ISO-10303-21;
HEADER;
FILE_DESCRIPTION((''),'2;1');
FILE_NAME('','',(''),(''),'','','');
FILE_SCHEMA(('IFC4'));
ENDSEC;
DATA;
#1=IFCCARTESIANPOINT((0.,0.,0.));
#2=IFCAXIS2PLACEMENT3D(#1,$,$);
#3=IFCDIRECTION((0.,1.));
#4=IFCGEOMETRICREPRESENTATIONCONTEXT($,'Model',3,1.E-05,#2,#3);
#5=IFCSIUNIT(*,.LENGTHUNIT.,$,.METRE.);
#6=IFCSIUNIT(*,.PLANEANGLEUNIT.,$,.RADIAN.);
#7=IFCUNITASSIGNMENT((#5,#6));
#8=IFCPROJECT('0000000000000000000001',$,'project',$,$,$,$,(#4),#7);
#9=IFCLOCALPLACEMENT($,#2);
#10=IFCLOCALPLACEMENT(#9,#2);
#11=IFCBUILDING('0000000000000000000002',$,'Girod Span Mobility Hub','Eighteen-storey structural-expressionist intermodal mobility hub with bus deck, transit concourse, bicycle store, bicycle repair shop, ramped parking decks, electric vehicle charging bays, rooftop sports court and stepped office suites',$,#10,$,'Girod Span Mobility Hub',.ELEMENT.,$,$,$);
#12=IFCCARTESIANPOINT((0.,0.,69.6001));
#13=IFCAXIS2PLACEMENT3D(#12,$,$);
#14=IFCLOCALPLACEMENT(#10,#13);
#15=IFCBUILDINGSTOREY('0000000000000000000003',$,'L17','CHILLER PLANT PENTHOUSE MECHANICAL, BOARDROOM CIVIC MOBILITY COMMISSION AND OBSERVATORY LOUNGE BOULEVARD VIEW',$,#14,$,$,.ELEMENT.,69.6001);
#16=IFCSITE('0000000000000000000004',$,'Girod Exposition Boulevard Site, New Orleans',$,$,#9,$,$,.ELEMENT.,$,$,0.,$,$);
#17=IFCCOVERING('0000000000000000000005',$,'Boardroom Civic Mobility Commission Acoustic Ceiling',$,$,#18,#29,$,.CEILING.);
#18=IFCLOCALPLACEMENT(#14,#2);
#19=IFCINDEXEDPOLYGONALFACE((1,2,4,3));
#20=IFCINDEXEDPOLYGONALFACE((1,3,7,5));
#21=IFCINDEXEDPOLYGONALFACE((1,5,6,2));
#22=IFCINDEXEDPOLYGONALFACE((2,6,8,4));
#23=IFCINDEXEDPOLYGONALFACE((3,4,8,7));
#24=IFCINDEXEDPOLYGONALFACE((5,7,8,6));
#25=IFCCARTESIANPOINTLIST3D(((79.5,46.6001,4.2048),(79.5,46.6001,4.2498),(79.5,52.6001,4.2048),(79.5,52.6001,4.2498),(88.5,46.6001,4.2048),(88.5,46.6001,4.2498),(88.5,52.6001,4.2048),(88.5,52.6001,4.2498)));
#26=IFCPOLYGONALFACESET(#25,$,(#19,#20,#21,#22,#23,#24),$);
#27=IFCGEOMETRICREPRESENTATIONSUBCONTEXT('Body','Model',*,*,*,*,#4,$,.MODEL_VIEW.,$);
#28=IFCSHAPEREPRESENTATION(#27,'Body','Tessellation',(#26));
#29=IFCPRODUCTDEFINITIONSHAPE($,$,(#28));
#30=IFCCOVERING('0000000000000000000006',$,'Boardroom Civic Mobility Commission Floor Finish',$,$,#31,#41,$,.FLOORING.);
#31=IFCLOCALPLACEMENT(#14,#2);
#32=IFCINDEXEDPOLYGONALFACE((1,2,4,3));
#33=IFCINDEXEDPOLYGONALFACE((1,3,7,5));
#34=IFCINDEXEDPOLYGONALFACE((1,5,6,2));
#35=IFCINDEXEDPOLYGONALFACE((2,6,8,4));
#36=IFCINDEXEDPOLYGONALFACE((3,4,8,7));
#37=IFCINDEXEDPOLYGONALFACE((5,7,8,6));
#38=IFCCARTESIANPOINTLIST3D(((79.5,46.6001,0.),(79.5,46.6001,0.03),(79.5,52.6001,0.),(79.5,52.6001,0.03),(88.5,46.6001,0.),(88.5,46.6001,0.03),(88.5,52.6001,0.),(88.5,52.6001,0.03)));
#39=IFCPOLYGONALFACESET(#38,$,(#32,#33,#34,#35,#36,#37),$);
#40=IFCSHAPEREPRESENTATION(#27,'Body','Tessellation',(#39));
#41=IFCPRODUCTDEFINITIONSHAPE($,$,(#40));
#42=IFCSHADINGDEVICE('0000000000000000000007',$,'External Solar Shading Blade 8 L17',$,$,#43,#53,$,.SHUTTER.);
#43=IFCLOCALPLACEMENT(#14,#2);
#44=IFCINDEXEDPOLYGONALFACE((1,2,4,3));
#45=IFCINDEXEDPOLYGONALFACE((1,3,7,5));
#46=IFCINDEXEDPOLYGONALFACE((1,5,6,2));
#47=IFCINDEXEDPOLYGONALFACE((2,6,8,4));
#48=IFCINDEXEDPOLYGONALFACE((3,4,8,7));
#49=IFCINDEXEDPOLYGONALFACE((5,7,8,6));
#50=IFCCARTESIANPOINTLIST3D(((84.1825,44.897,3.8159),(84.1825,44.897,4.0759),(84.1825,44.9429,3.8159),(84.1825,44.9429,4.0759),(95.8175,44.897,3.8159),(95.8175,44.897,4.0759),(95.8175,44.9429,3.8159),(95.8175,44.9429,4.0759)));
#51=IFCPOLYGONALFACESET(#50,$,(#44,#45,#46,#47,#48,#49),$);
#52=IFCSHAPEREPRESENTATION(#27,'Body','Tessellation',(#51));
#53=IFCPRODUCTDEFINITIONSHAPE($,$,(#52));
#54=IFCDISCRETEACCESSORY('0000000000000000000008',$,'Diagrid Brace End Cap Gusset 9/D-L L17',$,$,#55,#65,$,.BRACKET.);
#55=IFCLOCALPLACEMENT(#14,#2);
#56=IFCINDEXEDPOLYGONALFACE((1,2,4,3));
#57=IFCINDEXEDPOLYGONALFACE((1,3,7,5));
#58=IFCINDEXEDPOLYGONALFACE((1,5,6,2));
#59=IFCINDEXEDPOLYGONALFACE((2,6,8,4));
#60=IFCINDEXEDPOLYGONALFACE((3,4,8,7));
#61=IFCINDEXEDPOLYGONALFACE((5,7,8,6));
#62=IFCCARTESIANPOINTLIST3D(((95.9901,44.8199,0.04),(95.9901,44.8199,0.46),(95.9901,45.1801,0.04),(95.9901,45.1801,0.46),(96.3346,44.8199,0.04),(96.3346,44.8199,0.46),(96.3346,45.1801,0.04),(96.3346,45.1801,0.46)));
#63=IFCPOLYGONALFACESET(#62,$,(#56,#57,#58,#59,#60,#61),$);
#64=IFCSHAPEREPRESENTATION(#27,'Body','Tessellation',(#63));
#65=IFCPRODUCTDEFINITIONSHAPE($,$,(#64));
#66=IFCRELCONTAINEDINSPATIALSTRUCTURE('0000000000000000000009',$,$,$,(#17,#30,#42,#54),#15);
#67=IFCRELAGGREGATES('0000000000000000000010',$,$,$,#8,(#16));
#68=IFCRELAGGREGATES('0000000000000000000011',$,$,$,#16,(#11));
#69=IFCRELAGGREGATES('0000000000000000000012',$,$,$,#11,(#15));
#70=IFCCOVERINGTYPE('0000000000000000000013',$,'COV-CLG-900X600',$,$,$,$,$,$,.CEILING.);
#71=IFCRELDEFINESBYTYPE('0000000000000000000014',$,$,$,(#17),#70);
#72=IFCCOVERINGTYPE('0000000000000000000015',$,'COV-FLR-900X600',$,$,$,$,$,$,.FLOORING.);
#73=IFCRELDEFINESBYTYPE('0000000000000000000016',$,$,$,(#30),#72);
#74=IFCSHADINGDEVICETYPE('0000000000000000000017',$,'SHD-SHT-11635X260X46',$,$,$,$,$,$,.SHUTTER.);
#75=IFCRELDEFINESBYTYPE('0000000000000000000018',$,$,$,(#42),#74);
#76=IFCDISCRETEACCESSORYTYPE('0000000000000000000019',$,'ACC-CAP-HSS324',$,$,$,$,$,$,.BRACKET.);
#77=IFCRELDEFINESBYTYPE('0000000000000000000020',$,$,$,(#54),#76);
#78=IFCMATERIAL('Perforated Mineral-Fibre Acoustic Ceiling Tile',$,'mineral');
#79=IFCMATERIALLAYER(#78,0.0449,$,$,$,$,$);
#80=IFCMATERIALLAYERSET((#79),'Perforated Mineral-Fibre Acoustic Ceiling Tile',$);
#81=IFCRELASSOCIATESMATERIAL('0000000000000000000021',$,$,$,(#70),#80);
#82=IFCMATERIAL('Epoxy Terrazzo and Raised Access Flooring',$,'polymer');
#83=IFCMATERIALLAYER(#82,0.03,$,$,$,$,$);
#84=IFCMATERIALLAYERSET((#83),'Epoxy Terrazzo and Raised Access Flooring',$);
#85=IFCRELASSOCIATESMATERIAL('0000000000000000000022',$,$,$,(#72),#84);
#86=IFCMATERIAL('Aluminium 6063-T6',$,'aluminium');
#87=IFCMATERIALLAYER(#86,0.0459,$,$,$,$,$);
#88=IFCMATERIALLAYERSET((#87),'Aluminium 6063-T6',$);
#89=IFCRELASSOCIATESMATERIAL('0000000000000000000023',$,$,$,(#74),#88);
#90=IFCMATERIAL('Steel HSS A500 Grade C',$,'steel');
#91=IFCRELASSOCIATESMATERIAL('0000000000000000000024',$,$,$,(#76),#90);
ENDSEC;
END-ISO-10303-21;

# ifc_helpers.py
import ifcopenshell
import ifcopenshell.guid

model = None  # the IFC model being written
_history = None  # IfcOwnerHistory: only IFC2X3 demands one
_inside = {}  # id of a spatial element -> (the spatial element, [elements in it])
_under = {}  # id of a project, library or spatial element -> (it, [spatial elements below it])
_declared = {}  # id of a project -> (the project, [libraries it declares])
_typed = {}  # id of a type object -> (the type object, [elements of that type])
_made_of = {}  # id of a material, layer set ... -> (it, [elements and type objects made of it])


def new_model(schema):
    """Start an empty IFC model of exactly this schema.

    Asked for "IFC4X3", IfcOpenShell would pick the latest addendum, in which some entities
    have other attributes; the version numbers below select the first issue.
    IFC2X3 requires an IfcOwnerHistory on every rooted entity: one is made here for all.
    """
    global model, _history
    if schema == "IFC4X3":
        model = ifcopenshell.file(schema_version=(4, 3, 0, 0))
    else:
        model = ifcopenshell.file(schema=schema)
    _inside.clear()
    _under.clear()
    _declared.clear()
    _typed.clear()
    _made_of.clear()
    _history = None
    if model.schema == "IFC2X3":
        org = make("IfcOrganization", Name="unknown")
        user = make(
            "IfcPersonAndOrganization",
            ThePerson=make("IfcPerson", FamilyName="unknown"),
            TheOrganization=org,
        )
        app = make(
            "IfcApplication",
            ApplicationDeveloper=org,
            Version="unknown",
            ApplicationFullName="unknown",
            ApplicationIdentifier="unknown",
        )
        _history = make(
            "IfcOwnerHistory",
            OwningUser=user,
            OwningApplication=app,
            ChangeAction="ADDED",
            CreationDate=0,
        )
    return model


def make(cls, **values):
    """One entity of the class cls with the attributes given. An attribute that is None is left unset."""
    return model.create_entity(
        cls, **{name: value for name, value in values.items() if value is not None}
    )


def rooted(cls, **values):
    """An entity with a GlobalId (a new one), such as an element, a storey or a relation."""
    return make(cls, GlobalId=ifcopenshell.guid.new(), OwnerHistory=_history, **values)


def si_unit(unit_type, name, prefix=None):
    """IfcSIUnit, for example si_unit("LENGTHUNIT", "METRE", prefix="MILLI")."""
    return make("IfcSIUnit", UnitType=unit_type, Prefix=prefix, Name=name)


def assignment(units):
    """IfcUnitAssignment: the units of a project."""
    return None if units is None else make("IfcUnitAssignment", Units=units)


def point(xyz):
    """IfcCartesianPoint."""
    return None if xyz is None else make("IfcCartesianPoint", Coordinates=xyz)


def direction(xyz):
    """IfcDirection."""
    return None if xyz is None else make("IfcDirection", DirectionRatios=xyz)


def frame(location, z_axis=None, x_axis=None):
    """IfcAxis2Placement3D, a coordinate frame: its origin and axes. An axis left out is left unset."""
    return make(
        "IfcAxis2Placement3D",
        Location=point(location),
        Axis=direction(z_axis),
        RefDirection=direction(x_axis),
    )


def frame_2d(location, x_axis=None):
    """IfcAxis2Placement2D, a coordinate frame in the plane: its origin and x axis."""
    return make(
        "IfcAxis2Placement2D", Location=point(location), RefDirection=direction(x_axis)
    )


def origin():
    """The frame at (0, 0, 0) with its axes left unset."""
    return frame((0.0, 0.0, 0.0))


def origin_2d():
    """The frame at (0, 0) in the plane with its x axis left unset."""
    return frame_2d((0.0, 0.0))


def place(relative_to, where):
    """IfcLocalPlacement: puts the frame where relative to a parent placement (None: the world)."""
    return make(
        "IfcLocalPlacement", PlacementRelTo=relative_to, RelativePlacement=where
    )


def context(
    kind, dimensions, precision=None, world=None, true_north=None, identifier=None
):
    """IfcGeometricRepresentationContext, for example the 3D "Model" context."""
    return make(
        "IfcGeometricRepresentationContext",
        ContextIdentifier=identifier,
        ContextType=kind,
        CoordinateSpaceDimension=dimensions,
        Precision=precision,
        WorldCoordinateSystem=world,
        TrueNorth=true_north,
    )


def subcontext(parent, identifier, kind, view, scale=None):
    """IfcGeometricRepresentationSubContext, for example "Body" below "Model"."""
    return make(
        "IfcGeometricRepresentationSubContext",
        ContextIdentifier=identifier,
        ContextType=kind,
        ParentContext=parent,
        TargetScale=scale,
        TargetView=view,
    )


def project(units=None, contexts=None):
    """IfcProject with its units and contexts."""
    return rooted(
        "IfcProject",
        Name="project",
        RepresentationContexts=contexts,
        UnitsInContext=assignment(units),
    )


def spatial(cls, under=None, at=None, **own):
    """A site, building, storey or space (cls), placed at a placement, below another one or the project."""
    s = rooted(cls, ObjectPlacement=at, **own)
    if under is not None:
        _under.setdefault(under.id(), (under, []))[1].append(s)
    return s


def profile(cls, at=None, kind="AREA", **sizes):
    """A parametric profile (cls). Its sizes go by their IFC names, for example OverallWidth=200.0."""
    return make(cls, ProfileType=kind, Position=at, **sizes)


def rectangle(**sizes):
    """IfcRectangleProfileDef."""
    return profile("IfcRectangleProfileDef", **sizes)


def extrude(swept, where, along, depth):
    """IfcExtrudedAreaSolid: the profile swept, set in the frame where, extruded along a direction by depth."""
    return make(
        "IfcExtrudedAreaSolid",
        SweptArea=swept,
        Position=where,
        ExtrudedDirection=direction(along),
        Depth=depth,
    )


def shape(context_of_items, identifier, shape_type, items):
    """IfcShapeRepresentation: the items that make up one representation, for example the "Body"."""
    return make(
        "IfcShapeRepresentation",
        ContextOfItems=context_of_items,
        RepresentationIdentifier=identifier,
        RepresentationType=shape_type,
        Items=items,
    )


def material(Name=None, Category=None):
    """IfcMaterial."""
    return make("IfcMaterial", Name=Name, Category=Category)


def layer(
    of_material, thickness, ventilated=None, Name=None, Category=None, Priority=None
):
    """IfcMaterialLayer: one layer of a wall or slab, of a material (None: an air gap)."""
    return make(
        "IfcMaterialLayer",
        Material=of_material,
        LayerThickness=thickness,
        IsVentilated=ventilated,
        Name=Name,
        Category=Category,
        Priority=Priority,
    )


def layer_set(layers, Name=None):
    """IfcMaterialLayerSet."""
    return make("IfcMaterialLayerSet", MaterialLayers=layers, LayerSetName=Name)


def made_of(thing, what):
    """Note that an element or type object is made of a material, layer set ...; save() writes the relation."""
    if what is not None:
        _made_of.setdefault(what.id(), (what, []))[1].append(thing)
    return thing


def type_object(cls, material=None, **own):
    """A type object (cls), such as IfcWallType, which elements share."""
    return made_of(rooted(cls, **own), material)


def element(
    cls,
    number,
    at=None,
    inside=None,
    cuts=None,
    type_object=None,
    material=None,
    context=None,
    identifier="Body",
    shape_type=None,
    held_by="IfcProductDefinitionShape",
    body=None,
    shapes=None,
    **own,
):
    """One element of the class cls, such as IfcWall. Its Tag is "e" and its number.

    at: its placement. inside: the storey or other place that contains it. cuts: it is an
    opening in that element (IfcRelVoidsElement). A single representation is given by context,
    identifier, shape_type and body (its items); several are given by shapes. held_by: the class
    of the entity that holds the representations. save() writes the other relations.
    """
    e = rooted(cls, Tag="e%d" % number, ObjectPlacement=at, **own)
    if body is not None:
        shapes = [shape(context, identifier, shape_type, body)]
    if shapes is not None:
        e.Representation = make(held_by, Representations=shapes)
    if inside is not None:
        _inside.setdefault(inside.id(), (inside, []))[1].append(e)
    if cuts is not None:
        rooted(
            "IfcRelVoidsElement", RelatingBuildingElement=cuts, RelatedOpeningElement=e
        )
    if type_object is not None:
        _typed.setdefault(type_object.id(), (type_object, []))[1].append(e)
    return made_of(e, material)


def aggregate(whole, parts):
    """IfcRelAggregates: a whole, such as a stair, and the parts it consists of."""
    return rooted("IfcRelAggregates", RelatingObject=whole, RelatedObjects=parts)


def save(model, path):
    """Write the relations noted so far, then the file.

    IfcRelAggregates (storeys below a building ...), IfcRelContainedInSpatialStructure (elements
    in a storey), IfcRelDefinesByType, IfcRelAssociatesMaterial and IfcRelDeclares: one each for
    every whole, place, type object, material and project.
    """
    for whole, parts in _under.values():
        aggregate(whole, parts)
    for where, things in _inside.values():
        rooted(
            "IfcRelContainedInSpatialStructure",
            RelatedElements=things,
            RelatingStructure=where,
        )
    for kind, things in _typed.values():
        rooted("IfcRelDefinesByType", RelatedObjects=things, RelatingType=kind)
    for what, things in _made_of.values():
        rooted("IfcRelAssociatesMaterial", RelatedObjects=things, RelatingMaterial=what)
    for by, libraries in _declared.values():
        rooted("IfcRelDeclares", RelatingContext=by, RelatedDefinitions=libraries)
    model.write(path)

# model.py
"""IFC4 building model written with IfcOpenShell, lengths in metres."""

from ifc_helpers import new_model, si_unit, direction, frame, origin, origin_2d, place, context, subcontext, project, spatial, rectangle, extrude, material, layer, layer_set, type_object, element, save


model = new_model("IFC4")

# Units and contexts
model_context = context("Model", 3, precision=1e-05, world=origin(), true_north=direction((0.0, 1.0)))
body_context = subcontext(model_context, "Body", "Model", "MODEL_VIEW")
ifc_project = project(units=[si_unit("LENGTHUNIT", "METRE"), si_unit("PLANEANGLEUNIT", "RADIAN")], contexts=[model_context])

# Site, building, storey
site_placement = place(None, origin())
site = spatial("IfcSite", under=ifc_project, at=site_placement, Name="Girod Exposition Boulevard Site, New Orleans", CompositionType="ELEMENT", RefElevation=0.0)
building_placement = place(site_placement, origin())
building = spatial("IfcBuilding", under=site, at=building_placement, Name="Girod Span Mobility Hub", Description="Eighteen-storey structural-expressionist intermodal mobility hub with bus deck, transit concourse, bicycle store, bicycle repair shop, ramped parking decks, electric vehicle charging bays, rooftop sports court and stepped office suites", LongName="Girod Span Mobility Hub", CompositionType="ELEMENT")
storey_placement = place(building_placement, frame((0.0, 0.0, 69.6001)))
storey = spatial("IfcBuildingStorey", under=building, at=storey_placement, Name="L17", Description="CHILLER PLANT PENTHOUSE MECHANICAL, BOARDROOM CIVIC MOBILITY COMMISSION AND OBSERVATORY LOUNGE BOULEVARD VIEW", CompositionType="ELEMENT", Elevation=69.6001)

# Coverings
ifc_material_1 = material(Name="Perforated Mineral-Fibre Acoustic Ceiling Tile", Category="mineral")
ifc_layer_1 = layer(ifc_material_1, 0.0449)
ifc_layer_set_1 = layer_set([ifc_layer_1], Name="Perforated Mineral-Fibre Acoustic Ceiling Tile")
covering_type_1 = type_object("IfcCoveringType", Name="COV-CLG-900X600", PredefinedType="CEILING", material=ifc_layer_set_1)
covering_1_placement = place(storey_placement, frame((84.0, 49.6001, 4.2048), z_axis=(0.0, 0.0, 1.0), x_axis=(1.0, 0.0, 0.0)))
element("IfcCovering", 1, at=covering_1_placement, inside=storey, type_object=covering_type_1, Name="Boardroom Civic Mobility Commission Acoustic Ceiling", PredefinedType="CEILING", context=body_context, shape_type="SweptSolid", body=[
    extrude(rectangle(XDim=9.0, YDim=6.0, at=origin_2d()), origin(), (0.0, 0.0, 1.0), 0.0449),
])
ifc_material_2 = material(Name="Epoxy Terrazzo and Raised Access Flooring", Category="polymer")
ifc_layer_2 = layer(ifc_material_2, 0.03)
ifc_layer_set_2 = layer_set([ifc_layer_2], Name="Epoxy Terrazzo and Raised Access Flooring")
covering_type_2 = type_object("IfcCoveringType", Name="COV-FLR-900X600", PredefinedType="FLOORING", material=ifc_layer_set_2)
covering_2_placement = place(storey_placement, frame((84.0, 49.6001, 0.0), z_axis=(0.0, 0.0, 1.0), x_axis=(1.0, 0.0, 0.0)))
element("IfcCovering", 2, at=covering_2_placement, inside=storey, type_object=covering_type_2, Name="Boardroom Civic Mobility Commission Floor Finish", PredefinedType="FLOORING", context=body_context, shape_type="SweptSolid", body=[
    extrude(rectangle(XDim=9.0, YDim=6.0, at=origin_2d()), origin(), (0.0, 0.0, 1.0), 0.03),
])

# Shading device
ifc_material_3 = material(Name="Aluminium 6063-T6", Category="aluminium")
ifc_layer_3 = layer(ifc_material_3, 0.0459)
ifc_layer_set_3 = layer_set([ifc_layer_3], Name="Aluminium 6063-T6")
shading_device_type = type_object("IfcShadingDeviceType", Name="SHD-SHT-11635X260X46", PredefinedType="SHUTTER", material=ifc_layer_set_3)
shading_device_placement = place(storey_placement, frame((90.0, 44.9199, 3.8159), z_axis=(0.0, 0.0, 1.0), x_axis=(1.0, 0.0, 0.0)))
element("IfcShadingDevice", 3, at=shading_device_placement, inside=storey, type_object=shading_device_type, Name="External Solar Shading Blade 8 L17", PredefinedType="SHUTTER", context=body_context, shape_type="SweptSolid", body=[
    extrude(rectangle(XDim=11.635, YDim=0.0459, at=origin_2d()), origin(), (0.0, 0.0, 1.0), 0.26),
])

# Discrete accessory
ifc_material_4 = material(Name="Steel HSS A500 Grade C", Category="steel")
discrete_accessory_type = type_object("IfcDiscreteAccessoryType", Name="ACC-CAP-HSS324", PredefinedType="BRACKET", material=ifc_material_4)
discrete_accessory_placement = place(storey_placement, frame((96.1624, 45.0, 0.04), z_axis=(0.0, 0.0, 1.0), x_axis=(1.0, 0.0, 0.0)))
element("IfcDiscreteAccessory", 4, at=discrete_accessory_placement, inside=storey, type_object=discrete_accessory_type, Name="Diagrid Brace End Cap Gusset 9/D-L L17", PredefinedType="BRACKET", context=body_context, shape_type="SweptSolid", body=[
    extrude(rectangle(XDim=0.3445, YDim=0.3601, at=origin_2d()), origin(), (0.0, 0.0, 1.0), 0.4199),
])

save(model, "model.ifc")
